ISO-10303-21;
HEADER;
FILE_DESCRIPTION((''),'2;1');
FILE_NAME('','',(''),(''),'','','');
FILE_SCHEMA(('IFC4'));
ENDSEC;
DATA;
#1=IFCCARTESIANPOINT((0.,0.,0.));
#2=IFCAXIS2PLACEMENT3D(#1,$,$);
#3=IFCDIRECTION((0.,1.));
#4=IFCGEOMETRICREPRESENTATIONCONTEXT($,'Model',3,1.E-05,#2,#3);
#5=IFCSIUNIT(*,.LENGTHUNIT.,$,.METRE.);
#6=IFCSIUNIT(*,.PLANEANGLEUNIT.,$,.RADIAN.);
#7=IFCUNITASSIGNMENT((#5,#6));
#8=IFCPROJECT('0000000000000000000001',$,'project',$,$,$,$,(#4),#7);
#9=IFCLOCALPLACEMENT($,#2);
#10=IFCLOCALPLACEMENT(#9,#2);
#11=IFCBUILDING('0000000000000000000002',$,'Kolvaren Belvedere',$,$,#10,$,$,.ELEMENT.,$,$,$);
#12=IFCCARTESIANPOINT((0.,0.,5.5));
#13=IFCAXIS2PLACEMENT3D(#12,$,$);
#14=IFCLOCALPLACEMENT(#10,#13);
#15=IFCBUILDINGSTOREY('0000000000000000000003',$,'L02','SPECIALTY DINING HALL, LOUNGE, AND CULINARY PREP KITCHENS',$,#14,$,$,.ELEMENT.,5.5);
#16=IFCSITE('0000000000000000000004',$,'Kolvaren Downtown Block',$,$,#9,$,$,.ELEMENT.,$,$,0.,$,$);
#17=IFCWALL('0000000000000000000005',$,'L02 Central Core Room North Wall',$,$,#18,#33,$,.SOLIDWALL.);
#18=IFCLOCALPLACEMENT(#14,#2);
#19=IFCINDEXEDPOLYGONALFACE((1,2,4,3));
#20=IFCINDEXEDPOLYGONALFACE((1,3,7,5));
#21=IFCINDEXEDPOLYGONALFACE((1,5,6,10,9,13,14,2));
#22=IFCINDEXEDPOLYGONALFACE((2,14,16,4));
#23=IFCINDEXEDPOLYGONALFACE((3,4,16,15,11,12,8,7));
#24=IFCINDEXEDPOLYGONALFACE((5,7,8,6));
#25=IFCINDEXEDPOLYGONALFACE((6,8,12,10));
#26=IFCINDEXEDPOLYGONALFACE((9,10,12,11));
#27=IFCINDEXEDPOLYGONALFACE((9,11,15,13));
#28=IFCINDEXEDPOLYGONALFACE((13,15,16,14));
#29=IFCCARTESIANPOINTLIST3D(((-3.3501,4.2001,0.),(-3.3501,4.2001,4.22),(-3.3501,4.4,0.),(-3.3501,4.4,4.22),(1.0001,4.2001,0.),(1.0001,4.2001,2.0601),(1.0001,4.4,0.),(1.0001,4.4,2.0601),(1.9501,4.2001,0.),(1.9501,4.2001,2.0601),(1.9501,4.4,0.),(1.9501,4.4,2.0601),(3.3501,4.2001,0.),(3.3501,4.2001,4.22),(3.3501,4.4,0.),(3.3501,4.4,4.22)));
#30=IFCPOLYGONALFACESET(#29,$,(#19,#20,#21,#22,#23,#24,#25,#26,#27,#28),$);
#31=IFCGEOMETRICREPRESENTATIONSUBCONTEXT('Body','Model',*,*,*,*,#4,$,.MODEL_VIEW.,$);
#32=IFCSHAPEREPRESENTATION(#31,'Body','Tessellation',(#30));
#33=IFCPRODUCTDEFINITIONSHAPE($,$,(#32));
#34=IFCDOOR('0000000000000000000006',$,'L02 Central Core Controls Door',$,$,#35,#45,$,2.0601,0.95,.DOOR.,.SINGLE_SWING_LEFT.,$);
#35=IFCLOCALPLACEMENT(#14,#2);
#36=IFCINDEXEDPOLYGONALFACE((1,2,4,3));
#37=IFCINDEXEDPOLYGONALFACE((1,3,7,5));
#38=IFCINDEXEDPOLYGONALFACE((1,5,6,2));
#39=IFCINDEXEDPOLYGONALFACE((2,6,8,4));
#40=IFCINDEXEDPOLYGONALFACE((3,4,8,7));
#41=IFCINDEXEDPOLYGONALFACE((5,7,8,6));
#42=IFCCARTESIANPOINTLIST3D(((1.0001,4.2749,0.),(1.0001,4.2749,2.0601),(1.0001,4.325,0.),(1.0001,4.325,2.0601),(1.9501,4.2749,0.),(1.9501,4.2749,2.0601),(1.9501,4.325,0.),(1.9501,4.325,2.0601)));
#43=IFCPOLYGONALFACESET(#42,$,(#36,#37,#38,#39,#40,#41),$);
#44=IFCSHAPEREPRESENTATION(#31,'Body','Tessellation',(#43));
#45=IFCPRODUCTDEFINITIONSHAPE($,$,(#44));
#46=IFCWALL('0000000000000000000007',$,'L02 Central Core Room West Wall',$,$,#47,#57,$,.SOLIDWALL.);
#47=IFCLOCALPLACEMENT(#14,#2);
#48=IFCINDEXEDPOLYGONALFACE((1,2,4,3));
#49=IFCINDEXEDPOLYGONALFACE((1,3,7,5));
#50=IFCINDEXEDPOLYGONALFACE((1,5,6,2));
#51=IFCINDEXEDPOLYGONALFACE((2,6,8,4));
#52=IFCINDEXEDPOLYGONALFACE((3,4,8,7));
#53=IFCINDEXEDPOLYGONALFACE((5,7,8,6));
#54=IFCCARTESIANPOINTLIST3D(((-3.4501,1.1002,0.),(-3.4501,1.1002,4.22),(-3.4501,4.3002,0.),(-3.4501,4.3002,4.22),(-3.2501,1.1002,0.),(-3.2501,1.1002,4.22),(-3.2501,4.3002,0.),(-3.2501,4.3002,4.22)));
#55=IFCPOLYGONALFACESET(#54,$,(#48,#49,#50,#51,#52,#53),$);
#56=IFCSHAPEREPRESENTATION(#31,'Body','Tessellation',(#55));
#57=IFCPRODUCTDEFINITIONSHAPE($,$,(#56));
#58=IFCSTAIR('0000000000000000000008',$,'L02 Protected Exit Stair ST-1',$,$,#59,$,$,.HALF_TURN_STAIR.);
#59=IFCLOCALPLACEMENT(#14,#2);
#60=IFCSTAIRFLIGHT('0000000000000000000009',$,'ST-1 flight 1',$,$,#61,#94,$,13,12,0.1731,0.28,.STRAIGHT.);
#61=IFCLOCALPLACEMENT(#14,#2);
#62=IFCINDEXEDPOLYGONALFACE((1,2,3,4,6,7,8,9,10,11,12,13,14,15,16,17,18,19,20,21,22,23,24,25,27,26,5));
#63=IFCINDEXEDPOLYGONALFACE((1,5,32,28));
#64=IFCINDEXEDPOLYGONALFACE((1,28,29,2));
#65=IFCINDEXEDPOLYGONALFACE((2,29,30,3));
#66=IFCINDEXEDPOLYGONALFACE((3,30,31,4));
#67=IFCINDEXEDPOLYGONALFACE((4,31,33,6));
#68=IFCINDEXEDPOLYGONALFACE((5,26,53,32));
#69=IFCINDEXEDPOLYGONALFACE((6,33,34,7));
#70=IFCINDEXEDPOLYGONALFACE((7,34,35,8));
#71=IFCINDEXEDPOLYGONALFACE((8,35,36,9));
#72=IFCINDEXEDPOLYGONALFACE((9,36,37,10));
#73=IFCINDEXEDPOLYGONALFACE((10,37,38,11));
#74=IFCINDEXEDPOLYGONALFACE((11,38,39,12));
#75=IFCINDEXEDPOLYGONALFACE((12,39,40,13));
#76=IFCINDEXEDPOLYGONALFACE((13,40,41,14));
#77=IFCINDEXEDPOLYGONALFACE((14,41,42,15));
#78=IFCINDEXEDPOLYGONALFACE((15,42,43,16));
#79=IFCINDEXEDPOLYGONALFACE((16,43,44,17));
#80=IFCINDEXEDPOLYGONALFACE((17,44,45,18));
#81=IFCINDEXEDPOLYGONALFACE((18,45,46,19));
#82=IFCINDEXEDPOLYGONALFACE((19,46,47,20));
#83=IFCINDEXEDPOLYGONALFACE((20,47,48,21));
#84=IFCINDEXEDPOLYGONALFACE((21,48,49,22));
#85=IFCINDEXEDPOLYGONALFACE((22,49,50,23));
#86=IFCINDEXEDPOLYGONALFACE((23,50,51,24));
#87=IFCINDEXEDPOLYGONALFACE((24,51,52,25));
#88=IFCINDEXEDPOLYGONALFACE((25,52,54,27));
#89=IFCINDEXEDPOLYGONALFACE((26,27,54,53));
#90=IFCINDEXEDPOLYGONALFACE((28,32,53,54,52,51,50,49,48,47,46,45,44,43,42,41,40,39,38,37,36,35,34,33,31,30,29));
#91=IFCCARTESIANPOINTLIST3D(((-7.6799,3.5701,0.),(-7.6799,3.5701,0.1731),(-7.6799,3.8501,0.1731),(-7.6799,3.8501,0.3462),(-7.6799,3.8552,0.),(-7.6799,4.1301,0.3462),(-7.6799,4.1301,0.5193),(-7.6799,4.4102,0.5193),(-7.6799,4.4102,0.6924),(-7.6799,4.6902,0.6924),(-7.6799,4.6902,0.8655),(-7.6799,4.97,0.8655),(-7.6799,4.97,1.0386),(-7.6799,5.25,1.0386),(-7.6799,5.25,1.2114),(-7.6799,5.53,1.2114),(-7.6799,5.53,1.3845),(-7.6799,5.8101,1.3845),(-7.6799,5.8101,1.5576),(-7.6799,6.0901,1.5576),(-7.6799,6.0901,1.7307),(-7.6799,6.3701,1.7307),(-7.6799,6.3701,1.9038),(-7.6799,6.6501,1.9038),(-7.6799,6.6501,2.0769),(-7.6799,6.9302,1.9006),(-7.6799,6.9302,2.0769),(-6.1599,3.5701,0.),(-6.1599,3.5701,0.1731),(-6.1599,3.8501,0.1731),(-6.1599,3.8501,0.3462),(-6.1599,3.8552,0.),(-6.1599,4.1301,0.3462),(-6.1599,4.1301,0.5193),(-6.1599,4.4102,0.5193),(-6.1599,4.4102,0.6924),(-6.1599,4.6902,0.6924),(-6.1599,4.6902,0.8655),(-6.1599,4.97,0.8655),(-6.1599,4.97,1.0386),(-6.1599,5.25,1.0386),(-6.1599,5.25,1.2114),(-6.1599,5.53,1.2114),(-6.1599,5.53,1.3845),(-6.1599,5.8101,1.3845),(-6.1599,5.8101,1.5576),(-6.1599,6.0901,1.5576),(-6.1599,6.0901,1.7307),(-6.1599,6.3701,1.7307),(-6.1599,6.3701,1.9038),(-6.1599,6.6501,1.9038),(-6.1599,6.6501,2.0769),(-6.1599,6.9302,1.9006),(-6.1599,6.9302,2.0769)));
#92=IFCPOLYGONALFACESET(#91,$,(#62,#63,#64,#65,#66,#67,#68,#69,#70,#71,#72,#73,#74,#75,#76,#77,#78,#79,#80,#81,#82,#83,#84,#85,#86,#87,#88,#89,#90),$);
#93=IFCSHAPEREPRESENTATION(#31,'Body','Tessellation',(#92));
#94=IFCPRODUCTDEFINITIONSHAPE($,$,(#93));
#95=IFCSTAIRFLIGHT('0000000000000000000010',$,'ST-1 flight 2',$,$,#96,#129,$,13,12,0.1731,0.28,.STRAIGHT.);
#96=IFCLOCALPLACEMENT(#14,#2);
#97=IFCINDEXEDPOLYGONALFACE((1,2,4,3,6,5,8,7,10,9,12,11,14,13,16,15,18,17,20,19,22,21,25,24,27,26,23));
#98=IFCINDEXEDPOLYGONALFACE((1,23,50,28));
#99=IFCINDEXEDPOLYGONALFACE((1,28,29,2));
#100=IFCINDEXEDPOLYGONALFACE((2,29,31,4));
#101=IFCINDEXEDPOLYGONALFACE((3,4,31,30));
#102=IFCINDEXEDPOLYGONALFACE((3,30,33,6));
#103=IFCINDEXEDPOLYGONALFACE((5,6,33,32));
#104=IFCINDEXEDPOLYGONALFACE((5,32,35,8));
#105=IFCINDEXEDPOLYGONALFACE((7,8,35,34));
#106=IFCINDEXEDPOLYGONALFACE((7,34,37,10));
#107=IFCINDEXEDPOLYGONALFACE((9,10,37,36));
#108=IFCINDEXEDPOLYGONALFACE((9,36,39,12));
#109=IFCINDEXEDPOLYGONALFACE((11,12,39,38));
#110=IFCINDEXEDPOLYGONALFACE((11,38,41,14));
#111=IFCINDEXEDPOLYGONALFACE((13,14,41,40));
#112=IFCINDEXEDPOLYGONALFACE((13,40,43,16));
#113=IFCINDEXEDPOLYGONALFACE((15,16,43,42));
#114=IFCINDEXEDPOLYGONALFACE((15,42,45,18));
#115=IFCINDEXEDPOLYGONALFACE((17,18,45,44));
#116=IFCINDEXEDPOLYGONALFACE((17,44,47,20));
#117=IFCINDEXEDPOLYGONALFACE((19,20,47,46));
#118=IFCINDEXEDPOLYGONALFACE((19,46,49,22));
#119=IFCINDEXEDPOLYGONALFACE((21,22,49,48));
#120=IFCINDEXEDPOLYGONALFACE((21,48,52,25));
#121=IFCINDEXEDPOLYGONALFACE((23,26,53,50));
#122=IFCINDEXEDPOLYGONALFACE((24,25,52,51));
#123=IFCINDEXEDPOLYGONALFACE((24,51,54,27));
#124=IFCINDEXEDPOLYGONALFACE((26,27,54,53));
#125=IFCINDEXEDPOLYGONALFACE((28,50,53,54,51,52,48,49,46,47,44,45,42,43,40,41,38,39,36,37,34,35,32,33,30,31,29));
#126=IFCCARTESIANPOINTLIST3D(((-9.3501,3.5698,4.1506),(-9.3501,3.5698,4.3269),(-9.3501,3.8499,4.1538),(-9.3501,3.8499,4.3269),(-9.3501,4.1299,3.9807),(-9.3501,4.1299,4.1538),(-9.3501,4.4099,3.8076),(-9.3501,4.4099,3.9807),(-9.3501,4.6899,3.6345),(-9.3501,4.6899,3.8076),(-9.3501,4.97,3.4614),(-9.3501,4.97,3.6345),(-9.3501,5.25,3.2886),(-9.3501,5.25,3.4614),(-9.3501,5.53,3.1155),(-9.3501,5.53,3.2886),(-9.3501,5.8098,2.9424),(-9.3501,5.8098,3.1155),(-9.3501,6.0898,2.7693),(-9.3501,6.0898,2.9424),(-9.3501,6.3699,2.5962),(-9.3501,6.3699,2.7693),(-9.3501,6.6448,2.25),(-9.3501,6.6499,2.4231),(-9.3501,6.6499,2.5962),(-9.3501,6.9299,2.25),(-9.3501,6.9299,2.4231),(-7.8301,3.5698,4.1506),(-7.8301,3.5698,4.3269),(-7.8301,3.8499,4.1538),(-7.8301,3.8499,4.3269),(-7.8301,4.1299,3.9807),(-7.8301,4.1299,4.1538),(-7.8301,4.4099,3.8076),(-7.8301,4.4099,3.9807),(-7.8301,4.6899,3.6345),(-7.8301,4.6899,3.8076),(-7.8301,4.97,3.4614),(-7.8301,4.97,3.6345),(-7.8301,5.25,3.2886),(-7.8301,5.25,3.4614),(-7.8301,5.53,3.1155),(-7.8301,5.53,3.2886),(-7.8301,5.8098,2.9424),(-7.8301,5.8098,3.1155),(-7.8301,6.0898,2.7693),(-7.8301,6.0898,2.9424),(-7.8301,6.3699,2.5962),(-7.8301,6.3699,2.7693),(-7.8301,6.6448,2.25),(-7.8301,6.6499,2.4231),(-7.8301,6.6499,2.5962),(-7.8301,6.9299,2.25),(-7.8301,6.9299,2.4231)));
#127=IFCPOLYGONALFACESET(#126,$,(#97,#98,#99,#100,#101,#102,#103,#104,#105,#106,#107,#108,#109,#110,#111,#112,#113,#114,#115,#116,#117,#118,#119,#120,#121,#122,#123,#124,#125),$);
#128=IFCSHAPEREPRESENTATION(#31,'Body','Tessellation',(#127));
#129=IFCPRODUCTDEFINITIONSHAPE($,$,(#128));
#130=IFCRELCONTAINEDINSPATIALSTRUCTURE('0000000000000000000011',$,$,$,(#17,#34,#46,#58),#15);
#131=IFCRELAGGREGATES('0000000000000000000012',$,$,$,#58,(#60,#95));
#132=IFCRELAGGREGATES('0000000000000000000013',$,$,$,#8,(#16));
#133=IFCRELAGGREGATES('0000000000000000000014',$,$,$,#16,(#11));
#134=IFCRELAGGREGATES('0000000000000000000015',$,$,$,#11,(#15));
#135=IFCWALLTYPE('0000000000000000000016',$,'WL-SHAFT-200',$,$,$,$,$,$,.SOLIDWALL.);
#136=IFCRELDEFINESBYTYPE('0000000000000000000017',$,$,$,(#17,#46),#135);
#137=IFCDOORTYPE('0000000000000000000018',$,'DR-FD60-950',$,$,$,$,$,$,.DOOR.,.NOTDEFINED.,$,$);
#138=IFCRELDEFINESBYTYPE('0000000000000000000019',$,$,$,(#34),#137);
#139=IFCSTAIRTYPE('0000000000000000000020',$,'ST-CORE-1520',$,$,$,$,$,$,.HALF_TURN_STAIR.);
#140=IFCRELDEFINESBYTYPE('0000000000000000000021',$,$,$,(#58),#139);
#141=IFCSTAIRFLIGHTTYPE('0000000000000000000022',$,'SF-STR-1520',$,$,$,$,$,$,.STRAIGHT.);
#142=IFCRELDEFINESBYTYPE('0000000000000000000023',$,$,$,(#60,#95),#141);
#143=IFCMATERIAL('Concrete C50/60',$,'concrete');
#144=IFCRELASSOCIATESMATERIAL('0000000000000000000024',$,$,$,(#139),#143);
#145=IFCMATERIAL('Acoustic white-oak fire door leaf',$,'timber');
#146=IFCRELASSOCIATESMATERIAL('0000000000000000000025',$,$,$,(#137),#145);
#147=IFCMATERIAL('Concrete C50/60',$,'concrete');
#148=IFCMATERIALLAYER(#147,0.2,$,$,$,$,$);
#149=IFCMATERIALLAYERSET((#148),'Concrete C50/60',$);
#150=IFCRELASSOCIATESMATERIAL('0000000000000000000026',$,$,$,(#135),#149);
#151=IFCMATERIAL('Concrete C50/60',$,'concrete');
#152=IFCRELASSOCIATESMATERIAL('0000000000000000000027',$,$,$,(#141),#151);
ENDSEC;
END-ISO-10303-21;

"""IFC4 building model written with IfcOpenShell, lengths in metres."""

from ifc_helpers import new_model, si_unit, direction, frame, frame_2d, origin, place, context, subcontext, project, spatial, polyline, rectangle, outline, extrude, material, layer, layer_set, type_object, element, fill, aggregate, save


model = new_model("IFC4")

# Units and contexts
model_context = context("Model", 3, precision=1e-05, world=origin(), true_north=direction((0.0, 1.0)))
body_context = subcontext(model_context, "Body", "Model", "MODEL_VIEW")
ifc_project = project(units=[si_unit("LENGTHUNIT", "METRE"), si_unit("PLANEANGLEUNIT", "RADIAN")], contexts=[model_context])

# Site, building, storey
site_placement = place(None, origin())
site = spatial("IfcSite", under=ifc_project, at=site_placement, Name="Kolvaren Downtown Block", CompositionType="ELEMENT", RefElevation=0.0)
building_placement = place(site_placement, origin())
building = spatial("IfcBuilding", under=site, at=building_placement, Name="Kolvaren Belvedere", CompositionType="ELEMENT")
storey_placement = place(building_placement, frame((0.0, 0.0, 5.5)))
storey = spatial("IfcBuildingStorey", under=building, at=storey_placement, Name="L02", Description="SPECIALTY DINING HALL, LOUNGE, AND CULINARY PREP KITCHENS", CompositionType="ELEMENT", Elevation=5.5)

# Shared definitions
ifc_material_1 = material(Name="Concrete C50/60", Category="concrete")
stair_type = type_object("IfcStairType", Name="ST-CORE-1520", PredefinedType="HALF_TURN_STAIR", material=ifc_material_1)

# Shared definitions
ifc_material_2 = material(Name="Acoustic white-oak fire door leaf", Category="timber")
door_type_1 = type_object("IfcDoorType", Name="DR-FD60-950", OperationType="NOTDEFINED", PredefinedType="DOOR", material=ifc_material_2)

# Shared definitions
ifc_material_3 = material(Name="Concrete C50/60", Category="concrete")
ifc_layer_1 = layer(ifc_material_3, 0.2)
ifc_layer_set_1 = layer_set([ifc_layer_1], Name="Concrete C50/60")
wall_type_1 = type_object("IfcWallType", Name="WL-SHAFT-200", PredefinedType="SOLIDWALL", material=ifc_layer_set_1)

# Wall, opening, door
wall_1_placement = place(storey_placement, frame((-3.3501, 4.3, 0.0), z_axis=(0.0, 0.0, 1.0), x_axis=(1.0, 0.0, 0.0)))
wall_1 = element("IfcWall", 1, at=wall_1_placement, inside=storey, type_object=wall_type_1, Name="L02 Central Core Room North Wall", PredefinedType="SOLIDWALL", context=body_context, shape_type="SweptSolid", body=[
    extrude(rectangle(XDim=6.7002, YDim=0.2, at=frame_2d((3.3501, 0.0))), origin(), (0.0, 0.0, 1.0), 4.22),
])
opening_1_placement = place(wall_1_placement, frame((4.3501, 0.0, 0.0)))
opening_1 = element("IfcOpeningElement", 2, at=opening_1_placement, cuts=wall_1, PredefinedType="OPENING", context=body_context, shape_type="SweptSolid", body=[
    extrude(rectangle(XDim=0.95, YDim=2.0601, at=frame_2d((0.4751, 1.03))), frame((0.0, 0.1099, 0.0), z_axis=(0.0, -1.0, 0.0), x_axis=(1.0, 0.0, 0.0)), (0.0, 0.0, 1.0), 0.22),
])
door_1_placement = place(opening_1_placement, origin())
door_1 = element("IfcDoor", 3, at=door_1_placement, inside=storey, type_object=door_type_1, Name="L02 Central Core Controls Door", OperationType="SINGLE_SWING_LEFT", OverallHeight=2.0601, OverallWidth=0.95, PredefinedType="DOOR", context=body_context, shape_type="SweptSolid", body=[
    extrude(rectangle(XDim=0.95, YDim=2.0601, at=frame_2d((0.4751, 1.03))), frame((0.0, 0.0249, 0.0), z_axis=(0.0, -1.0, 0.0), x_axis=(1.0, 0.0, 0.0)), (0.0, 0.0, 1.0), 0.05),
])
fill(opening_1, door_1)

# Wall
wall_2_placement = place(storey_placement, frame((-3.3501, 1.1001, 0.0), z_axis=(0.0, 0.0, 1.0), x_axis=(0.0, 1.0, 0.0)))
element("IfcWall", 4, at=wall_2_placement, inside=storey, type_object=wall_type_1, Name="L02 Central Core Room West Wall", PredefinedType="SOLIDWALL", context=body_context, shape_type="SweptSolid", body=[
    extrude(rectangle(XDim=3.2, YDim=0.2, at=frame_2d((1.6001, 0.0))), origin(), (0.0, 0.0, 1.0), 4.22),
])

# Stair, stair flights
stair_1_placement = place(storey_placement, origin())
stair_1 = element("IfcStair", 5, at=stair_1_placement, inside=storey, type_object=stair_type, Name="L02 Protected Exit Stair ST-1", PredefinedType="HALF_TURN_STAIR")
ifc_material_4 = material(Name="Concrete C50/60", Category="concrete")
stair_flight_type = type_object("IfcStairFlightType", Name="SF-STR-1520", PredefinedType="STRAIGHT", material=ifc_material_4)
stair_flight_1_placement = place(storey_placement, frame((-6.9199, 3.5701, 0.0), z_axis=(0.0, 0.0, 1.0), x_axis=(0.0, 1.0, 0.0)))
stair_flight_1 = element("IfcStairFlight", 6, at=stair_flight_1_placement, type_object=stair_flight_type, Name="ST-1 flight 1", NumberOfRisers=13, NumberOfTreads=12, PredefinedType="STRAIGHT", RiserHeight=0.1731, TreadLength=0.28, context=body_context, shape_type="SweptSolid", body=[
    extrude(outline(polyline([(0.0, 0.0), (0.0, 0.1731), (0.28, 0.1731), (0.28, 0.3462), (0.5601, 0.3462), (0.5601, 0.5193), (0.8401, 0.5193), (0.8401, 0.6924), (1.1201, 0.6924), (1.1201, 0.8655), (1.3999, 0.8655), (1.3999, 1.0386), (1.6799, 1.0386), (1.6799, 1.2114), (1.96, 1.2114), (1.96, 1.3845), (2.24, 1.3845), (2.24, 1.5576), (2.52, 1.5576), (2.52, 1.7307), (2.8, 1.7307), (2.8, 1.9038), (3.0801, 1.9038), (3.0801, 2.0769), (3.3601, 2.0769), (3.3601, 2.25), (3.3601, 1.9006), (0.2852, 0.0), (0.0, 0.0)])), frame((0.0, 0.76, 0.0), z_axis=(0.0, -1.0, 0.0), x_axis=(1.0, 0.0, 0.0)), (0.0, 0.0, 1.0), 1.52),
])
stair_flight_2_placement = place(storey_placement, frame((-8.5901, 6.9299, 2.25), z_axis=(0.0, 0.0, 1.0), x_axis=(0.0, -1.0, 0.0)))
stair_flight_2 = element("IfcStairFlight", 7, at=stair_flight_2_placement, type_object=stair_flight_type, Name="ST-1 flight 2", NumberOfRisers=13, NumberOfTreads=12, PredefinedType="STRAIGHT", RiserHeight=0.1731, TreadLength=0.28, context=body_context, shape_type="SweptSolid", body=[
    extrude(outline(polyline([(0.0, 0.0), (0.0, 0.1731), (0.28, 0.1731), (0.28, 0.3462), (0.5601, 0.3462), (0.5601, 0.5193), (0.8401, 0.5193), (0.8401, 0.6924), (1.1201, 0.6924), (1.1201, 0.8655), (1.3999, 0.8655), (1.3999, 1.0386), (1.6799, 1.0386), (1.6799, 1.2114), (1.96, 1.2114), (1.96, 1.3845), (2.24, 1.3845), (2.24, 1.5576), (2.52, 1.5576), (2.52, 1.7307), (2.8, 1.7307), (2.8, 1.9038), (3.0801, 1.9038), (3.0801, 2.0769), (3.3601, 2.0769), (3.3601, 2.25), (3.3601, 1.9006), (0.2852, 0.0), (0.0, 0.0)])), frame((0.0, 0.76, 0.0), z_axis=(0.0, -1.0, 0.0), x_axis=(1.0, 0.0, 0.0)), (0.0, 0.0, 1.0), 1.52),
])
aggregate(stair_1, [stair_flight_1, stair_flight_2])

save(model, "model.ifc")
